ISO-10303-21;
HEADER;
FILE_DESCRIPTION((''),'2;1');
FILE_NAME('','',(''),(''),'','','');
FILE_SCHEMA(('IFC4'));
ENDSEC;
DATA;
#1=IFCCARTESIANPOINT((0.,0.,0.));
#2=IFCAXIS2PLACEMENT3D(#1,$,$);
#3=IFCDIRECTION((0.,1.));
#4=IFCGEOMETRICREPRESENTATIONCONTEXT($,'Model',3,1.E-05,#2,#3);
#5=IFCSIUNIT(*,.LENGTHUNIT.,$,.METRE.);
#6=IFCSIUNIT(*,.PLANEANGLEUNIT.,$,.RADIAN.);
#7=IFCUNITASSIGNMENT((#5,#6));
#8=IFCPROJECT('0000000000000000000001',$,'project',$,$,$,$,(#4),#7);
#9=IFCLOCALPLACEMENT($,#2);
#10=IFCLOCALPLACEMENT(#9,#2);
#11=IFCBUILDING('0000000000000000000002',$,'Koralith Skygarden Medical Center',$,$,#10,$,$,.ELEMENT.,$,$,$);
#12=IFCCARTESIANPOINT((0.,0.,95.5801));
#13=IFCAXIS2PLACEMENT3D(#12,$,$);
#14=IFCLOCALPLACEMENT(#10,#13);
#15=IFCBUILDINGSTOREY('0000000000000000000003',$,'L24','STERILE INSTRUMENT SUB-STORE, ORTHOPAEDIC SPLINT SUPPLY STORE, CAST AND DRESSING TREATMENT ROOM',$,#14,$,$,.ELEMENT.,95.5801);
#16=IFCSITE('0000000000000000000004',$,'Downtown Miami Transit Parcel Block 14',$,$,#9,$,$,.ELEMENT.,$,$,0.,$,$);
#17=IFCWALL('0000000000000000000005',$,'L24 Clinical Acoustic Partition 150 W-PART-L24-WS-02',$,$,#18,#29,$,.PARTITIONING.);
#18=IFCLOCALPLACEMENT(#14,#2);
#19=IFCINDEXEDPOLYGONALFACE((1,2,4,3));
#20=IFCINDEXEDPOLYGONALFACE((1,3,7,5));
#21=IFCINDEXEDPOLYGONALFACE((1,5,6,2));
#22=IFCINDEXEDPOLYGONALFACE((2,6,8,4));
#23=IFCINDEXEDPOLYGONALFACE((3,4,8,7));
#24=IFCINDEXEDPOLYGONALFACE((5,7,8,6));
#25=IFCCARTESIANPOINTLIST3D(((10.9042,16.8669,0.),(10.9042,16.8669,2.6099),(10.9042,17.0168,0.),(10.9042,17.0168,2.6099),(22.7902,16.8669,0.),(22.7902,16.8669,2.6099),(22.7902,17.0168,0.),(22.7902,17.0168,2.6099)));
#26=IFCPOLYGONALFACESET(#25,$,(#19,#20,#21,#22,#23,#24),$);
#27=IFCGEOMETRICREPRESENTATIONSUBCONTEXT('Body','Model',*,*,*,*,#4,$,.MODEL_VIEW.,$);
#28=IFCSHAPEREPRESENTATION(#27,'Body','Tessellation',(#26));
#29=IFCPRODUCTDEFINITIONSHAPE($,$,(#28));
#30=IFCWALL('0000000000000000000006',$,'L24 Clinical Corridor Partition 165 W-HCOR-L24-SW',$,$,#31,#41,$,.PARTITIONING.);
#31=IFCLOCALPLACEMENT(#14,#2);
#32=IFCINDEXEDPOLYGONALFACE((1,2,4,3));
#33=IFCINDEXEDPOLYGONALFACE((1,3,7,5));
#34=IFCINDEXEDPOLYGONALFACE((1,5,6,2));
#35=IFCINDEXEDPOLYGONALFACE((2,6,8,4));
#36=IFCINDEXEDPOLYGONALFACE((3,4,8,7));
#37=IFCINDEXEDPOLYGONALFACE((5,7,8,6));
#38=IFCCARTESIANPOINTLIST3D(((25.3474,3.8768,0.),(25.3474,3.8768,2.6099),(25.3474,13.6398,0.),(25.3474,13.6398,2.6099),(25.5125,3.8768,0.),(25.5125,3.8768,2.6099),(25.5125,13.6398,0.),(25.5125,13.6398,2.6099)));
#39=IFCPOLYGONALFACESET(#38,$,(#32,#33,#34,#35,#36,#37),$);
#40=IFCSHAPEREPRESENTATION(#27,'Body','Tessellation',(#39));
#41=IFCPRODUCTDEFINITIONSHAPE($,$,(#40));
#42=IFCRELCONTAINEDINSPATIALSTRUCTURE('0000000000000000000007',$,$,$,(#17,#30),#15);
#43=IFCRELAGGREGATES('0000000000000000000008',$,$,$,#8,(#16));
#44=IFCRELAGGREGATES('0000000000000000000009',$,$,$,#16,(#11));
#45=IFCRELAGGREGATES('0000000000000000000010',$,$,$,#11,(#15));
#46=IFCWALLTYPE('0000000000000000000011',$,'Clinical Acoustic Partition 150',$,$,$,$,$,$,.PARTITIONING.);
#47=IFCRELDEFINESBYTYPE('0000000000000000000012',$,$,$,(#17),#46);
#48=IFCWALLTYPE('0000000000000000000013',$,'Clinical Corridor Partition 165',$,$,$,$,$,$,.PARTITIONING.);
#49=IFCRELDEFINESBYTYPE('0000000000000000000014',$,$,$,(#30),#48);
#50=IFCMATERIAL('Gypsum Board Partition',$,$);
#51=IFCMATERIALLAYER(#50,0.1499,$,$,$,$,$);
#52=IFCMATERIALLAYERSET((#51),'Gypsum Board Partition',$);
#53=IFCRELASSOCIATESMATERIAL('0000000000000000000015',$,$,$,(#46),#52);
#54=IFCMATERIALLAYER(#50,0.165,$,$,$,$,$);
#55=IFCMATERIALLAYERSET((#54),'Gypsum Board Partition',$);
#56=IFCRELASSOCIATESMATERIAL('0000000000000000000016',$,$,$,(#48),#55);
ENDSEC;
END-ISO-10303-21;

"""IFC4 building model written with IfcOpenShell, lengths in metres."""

from ifc_helpers import new_model, si_unit, direction, frame, frame_2d, origin, place, context, subcontext, project, spatial, rectangle, extrude, material, layer, layer_set, type_object, element, save


model = new_model("IFC4")

# Units and contexts
model_context = context("Model", 3, precision=1e-05, world=origin(), true_north=direction((0.0, 1.0)))
body_context = subcontext(model_context, "Body", "Model", "MODEL_VIEW")
ifc_project = project(units=[si_unit("LENGTHUNIT", "METRE"), si_unit("PLANEANGLEUNIT", "RADIAN")], contexts=[model_context])

# Site, building, storey
site_placement = place(None, origin())
site = spatial("IfcSite", under=ifc_project, at=site_placement, Name="Downtown Miami Transit Parcel Block 14", CompositionType="ELEMENT", RefElevation=0.0)
building_placement = place(site_placement, origin())
building = spatial("IfcBuilding", under=site, at=building_placement, Name="Koralith Skygarden Medical Center", CompositionType="ELEMENT")
storey_placement = place(building_placement, frame((0.0, 0.0, 95.5801)))
storey = spatial("IfcBuildingStorey", under=building, at=storey_placement, Name="L24", Description="STERILE INSTRUMENT SUB-STORE, ORTHOPAEDIC SPLINT SUPPLY STORE, CAST AND DRESSING TREATMENT ROOM", CompositionType="ELEMENT", Elevation=95.5801)

# Walls
ifc_material_1 = material(Name="Gypsum Board Partition")
ifc_layer_1 = layer(ifc_material_1, 0.1499)
ifc_layer_set_1 = layer_set([ifc_layer_1], Name="Gypsum Board Partition")
wall_type_1 = type_object("IfcWallType", Name="Clinical Acoustic Partition 150", PredefinedType="PARTITIONING", material=ifc_layer_set_1)
for number, where, z_axis, x_axis, name in (
    (1, (22.79, 16.9419, 0.0), (0.0, 0.0, 1.0), (-1.0, 0.0, 0.0), "L24 Clinical Acoustic Partition 150 W-PART-L24-WS-02"),
):
    element("IfcWall", number, at=place(storey_placement, frame(where, z_axis=z_axis, x_axis=x_axis)), inside=storey, type_object=wall_type_1, Name=name, PredefinedType="PARTITIONING", context=body_context, shape_type="SweptSolid", body=[
        extrude(rectangle(XDim=11.886, YDim=0.1499, at=frame_2d((5.9429, 0.0))), origin(), (0.0, 0.0, 1.0), 2.6099),
    ])
ifc_layer_2 = layer(ifc_material_1, 0.165)
ifc_layer_set_2 = layer_set([ifc_layer_2], Name="Gypsum Board Partition")
wall_type_2 = type_object("IfcWallType", Name="Clinical Corridor Partition 165", PredefinedType="PARTITIONING", material=ifc_layer_set_2)
wall_1_placement = place(storey_placement, frame((25.4299, 3.877, 0.0), z_axis=(0.0, 0.0, 1.0), x_axis=(0.0, 1.0, 0.0)))
element("IfcWall", 2, at=wall_1_placement, inside=storey, type_object=wall_type_2, Name="L24 Clinical Corridor Partition 165 W-HCOR-L24-SW", PredefinedType="PARTITIONING", context=body_context, shape_type="SweptSolid", body=[
    extrude(rectangle(XDim=9.7629, YDim=0.165, at=frame_2d((4.8813, 0.0))), origin(), (0.0, 0.0, 1.0), 2.6099),
])

save(model, "model.ifc")
